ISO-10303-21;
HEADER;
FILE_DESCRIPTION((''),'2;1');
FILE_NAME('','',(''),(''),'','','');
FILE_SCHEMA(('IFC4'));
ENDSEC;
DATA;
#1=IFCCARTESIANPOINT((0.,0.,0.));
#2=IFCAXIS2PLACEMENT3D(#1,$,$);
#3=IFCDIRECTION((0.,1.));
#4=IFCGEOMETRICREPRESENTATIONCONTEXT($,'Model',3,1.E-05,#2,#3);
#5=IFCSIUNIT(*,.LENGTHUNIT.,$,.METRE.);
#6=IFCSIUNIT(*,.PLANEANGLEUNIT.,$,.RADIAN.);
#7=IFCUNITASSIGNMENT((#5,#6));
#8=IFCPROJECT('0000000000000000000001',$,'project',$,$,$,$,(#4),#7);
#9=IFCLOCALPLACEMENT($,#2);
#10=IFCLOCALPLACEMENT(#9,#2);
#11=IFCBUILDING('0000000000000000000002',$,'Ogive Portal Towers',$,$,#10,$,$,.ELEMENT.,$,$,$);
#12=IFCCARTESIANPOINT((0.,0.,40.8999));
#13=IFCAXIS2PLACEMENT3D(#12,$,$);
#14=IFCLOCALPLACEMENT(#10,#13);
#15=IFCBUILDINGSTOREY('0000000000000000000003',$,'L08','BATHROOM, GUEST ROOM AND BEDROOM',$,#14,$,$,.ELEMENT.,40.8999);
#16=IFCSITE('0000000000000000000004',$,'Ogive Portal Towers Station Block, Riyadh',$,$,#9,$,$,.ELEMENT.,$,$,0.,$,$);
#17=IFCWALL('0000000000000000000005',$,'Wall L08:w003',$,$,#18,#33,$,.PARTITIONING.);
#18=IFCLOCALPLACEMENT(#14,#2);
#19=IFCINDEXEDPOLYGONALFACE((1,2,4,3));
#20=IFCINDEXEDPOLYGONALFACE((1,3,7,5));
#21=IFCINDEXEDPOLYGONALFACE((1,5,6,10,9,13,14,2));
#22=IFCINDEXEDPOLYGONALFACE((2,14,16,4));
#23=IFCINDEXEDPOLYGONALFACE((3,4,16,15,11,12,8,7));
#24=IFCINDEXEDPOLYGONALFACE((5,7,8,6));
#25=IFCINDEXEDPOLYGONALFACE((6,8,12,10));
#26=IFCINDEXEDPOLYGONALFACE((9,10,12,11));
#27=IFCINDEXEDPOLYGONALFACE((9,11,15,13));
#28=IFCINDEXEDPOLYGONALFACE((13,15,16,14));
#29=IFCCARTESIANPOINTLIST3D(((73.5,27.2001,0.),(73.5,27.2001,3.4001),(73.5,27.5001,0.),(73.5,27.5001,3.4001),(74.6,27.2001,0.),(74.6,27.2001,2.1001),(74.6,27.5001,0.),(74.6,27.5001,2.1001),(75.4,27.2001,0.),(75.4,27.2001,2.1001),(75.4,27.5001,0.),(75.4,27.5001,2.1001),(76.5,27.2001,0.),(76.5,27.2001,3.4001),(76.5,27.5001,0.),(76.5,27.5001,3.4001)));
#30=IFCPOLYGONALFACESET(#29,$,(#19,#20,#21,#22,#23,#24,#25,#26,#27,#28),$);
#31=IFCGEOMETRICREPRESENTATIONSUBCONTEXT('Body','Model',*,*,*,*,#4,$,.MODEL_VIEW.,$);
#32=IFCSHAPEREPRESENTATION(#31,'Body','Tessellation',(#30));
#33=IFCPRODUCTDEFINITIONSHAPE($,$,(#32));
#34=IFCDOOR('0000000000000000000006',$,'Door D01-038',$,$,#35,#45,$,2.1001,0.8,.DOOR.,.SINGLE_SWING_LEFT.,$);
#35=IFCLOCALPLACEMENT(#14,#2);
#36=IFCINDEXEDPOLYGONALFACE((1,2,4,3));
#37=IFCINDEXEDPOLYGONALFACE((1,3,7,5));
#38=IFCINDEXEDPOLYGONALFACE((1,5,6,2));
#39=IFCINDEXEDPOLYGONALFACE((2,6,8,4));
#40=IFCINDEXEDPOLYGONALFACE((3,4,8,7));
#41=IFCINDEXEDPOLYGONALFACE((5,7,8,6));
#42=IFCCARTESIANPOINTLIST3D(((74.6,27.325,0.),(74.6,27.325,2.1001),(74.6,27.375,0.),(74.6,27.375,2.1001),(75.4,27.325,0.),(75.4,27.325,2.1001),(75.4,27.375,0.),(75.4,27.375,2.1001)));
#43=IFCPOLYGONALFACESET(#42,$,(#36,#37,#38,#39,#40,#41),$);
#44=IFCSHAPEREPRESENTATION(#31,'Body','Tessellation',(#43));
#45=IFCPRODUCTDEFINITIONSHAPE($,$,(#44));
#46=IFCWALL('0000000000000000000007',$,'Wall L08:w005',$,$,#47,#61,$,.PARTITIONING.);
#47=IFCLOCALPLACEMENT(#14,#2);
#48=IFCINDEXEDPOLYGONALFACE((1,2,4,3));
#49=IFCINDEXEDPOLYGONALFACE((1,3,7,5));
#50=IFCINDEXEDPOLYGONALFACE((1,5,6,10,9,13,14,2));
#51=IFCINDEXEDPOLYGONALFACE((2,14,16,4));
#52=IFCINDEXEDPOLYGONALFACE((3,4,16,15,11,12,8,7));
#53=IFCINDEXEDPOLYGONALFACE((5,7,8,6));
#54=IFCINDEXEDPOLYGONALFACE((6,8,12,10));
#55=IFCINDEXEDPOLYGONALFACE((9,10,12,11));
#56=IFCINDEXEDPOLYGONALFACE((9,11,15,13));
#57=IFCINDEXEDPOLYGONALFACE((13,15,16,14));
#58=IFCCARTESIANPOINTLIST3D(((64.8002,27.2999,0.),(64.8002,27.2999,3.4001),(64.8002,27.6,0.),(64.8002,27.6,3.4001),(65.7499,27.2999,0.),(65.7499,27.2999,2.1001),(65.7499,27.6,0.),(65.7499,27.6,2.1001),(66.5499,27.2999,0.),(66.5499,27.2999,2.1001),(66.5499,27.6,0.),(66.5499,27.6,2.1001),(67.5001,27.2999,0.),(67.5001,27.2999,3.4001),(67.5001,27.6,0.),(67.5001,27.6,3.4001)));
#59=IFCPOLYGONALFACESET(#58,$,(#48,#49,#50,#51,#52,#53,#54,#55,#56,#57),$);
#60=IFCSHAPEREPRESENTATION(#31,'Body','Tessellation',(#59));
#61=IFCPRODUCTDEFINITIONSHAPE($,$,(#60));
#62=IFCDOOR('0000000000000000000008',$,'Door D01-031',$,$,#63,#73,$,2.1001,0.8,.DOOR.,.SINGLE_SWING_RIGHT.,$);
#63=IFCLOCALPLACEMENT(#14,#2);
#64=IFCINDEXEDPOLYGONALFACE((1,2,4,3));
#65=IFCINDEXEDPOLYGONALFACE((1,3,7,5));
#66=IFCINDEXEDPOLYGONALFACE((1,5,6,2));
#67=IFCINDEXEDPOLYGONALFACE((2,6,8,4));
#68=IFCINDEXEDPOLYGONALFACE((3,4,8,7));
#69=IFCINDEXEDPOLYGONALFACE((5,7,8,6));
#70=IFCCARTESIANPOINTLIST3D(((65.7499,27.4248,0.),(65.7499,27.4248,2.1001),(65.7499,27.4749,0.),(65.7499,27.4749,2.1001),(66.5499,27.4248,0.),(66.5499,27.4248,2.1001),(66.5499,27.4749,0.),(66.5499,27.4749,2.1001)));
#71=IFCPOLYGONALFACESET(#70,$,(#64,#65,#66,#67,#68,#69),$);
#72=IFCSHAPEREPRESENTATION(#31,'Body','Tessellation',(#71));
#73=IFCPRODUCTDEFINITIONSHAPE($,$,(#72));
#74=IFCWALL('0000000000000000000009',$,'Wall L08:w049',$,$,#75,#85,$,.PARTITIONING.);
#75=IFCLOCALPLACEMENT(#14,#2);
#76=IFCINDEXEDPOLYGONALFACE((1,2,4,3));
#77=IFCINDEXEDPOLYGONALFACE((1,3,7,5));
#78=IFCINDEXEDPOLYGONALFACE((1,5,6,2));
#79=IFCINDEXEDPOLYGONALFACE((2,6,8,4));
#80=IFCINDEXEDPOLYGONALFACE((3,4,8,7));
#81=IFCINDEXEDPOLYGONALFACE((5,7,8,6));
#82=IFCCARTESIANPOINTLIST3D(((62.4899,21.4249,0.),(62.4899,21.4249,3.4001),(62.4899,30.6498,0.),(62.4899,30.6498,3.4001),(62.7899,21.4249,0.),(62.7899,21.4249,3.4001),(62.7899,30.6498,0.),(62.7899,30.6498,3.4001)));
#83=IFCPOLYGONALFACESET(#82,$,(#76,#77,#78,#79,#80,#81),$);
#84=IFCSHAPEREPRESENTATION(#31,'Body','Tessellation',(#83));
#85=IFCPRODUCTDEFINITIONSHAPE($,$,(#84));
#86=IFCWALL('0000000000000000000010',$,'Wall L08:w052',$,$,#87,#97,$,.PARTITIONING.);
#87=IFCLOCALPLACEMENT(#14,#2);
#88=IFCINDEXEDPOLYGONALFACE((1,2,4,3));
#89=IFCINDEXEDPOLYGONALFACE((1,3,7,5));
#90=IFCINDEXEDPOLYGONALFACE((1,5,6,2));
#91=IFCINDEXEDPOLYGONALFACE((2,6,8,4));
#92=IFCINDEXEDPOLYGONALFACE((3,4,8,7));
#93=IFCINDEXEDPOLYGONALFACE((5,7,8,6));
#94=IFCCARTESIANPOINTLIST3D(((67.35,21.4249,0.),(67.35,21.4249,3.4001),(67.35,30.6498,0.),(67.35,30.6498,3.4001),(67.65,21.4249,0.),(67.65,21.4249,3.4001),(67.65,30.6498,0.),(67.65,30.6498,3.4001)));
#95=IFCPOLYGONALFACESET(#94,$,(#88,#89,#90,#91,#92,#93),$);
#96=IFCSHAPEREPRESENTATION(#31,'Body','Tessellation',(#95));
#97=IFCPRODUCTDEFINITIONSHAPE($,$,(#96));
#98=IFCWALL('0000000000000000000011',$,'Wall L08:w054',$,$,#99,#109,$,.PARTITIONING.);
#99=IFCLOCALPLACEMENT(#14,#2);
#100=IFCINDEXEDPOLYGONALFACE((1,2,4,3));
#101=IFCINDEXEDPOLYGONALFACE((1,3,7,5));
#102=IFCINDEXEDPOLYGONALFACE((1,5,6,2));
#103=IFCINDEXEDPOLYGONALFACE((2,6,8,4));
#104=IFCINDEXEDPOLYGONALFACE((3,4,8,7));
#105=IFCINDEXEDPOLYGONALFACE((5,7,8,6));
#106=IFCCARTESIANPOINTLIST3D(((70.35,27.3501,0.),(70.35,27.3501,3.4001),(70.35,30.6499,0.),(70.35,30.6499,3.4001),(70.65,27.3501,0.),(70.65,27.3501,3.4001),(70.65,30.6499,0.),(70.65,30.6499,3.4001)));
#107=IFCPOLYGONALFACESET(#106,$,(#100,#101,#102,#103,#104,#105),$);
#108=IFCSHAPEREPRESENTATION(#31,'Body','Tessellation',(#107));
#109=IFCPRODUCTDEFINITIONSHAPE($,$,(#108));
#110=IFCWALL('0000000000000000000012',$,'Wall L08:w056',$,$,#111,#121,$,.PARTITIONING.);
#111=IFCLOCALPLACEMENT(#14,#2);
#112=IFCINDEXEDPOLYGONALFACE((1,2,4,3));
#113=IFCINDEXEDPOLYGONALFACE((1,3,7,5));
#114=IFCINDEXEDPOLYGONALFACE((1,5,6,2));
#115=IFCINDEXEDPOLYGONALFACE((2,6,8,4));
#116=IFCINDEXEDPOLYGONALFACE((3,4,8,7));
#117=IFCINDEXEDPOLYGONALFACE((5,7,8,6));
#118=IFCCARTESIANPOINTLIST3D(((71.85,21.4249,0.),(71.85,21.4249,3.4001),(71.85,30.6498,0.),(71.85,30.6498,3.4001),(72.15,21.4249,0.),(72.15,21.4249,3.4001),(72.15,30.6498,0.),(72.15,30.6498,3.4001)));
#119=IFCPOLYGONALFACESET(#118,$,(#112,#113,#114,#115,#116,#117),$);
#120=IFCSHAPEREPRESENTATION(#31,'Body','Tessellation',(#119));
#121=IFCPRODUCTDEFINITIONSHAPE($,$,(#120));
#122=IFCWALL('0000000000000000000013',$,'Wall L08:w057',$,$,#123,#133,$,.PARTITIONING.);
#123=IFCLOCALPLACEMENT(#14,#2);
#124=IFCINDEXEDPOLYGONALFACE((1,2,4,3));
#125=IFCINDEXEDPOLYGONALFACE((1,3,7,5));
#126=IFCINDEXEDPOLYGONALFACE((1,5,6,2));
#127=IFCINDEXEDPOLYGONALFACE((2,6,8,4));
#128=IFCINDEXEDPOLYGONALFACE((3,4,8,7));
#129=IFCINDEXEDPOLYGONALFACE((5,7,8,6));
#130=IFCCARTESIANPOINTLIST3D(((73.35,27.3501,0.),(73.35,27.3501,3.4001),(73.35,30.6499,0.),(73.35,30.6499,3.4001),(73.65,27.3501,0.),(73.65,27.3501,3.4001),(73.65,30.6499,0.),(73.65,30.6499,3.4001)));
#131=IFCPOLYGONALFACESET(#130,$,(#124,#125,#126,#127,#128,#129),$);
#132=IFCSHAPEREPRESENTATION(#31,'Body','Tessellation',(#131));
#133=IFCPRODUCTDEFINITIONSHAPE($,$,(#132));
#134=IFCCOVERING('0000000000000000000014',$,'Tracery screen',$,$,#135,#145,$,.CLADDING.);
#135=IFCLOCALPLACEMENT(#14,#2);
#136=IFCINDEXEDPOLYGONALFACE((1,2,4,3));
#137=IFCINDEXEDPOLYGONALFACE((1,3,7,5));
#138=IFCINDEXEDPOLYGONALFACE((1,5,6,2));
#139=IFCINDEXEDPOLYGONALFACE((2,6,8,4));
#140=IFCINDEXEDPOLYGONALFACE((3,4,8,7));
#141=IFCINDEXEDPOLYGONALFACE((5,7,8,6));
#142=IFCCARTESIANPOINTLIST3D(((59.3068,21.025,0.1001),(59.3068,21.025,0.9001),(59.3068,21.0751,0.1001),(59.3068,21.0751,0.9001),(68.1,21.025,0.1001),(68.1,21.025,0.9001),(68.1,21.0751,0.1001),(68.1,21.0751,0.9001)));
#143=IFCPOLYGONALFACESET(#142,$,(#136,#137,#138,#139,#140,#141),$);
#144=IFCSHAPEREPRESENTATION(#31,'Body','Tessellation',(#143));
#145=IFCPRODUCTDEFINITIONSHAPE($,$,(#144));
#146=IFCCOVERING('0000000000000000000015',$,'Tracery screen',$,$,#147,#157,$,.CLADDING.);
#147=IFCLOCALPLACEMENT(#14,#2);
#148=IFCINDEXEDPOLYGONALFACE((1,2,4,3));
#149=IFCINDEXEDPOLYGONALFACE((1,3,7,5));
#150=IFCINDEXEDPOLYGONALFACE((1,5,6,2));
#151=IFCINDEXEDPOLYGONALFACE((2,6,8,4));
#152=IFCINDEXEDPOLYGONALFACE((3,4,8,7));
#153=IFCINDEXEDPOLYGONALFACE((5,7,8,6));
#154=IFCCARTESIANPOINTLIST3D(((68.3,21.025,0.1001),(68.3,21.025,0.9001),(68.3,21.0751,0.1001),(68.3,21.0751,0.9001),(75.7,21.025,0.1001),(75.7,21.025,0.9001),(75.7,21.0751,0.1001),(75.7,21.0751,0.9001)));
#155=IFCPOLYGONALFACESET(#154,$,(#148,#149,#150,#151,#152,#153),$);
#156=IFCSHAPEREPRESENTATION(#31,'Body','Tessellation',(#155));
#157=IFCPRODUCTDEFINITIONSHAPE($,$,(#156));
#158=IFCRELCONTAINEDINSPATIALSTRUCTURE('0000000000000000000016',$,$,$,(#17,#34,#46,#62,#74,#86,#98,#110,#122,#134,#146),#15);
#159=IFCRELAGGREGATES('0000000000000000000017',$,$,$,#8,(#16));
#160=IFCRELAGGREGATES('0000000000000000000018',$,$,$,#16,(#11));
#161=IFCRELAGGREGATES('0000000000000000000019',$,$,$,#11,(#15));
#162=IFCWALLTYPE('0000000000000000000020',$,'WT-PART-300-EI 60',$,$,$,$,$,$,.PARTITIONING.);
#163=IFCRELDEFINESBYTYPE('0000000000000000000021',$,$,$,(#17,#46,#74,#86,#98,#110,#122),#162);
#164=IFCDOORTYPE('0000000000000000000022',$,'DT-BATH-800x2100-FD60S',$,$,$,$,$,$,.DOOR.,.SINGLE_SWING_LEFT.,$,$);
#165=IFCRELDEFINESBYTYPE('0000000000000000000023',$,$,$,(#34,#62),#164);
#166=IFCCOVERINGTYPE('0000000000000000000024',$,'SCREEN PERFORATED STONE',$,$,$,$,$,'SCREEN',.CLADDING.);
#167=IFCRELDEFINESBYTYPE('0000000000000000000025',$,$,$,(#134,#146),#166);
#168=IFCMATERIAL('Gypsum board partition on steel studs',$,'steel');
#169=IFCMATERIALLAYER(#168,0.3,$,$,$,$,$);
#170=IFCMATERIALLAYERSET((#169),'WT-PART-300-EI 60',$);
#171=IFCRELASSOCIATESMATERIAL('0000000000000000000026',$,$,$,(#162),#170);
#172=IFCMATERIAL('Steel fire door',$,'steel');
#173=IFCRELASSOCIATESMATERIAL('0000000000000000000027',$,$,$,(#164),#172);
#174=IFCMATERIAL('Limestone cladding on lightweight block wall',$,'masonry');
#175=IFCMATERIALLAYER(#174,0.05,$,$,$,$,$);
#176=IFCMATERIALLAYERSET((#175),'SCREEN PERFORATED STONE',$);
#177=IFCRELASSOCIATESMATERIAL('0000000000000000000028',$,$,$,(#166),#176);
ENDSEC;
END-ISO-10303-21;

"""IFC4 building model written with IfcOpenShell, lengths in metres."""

from ifc_helpers import new_model, si_unit, direction, frame, frame_2d, origin, origin_2d, place, context, subcontext, project, spatial, rectangle, extrude, material, layer, layer_set, type_object, element, fill, save


model = new_model("IFC4")

# Units and contexts
model_context = context("Model", 3, precision=1e-05, world=origin(), true_north=direction((0.0, 1.0)))
body_context = subcontext(model_context, "Body", "Model", "MODEL_VIEW")
ifc_project = project(units=[si_unit("LENGTHUNIT", "METRE"), si_unit("PLANEANGLEUNIT", "RADIAN")], contexts=[model_context])

# Site, building, storey
site_placement = place(None, origin())
site = spatial("IfcSite", under=ifc_project, at=site_placement, Name="Ogive Portal Towers Station Block, Riyadh", CompositionType="ELEMENT", RefElevation=0.0)
building_placement = place(site_placement, origin())
building = spatial("IfcBuilding", under=site, at=building_placement, Name="Ogive Portal Towers", CompositionType="ELEMENT")
storey_placement = place(building_placement, frame((0.0, 0.0, 40.8999)))
storey = spatial("IfcBuildingStorey", under=building, at=storey_placement, Name="L08", Description="BATHROOM, GUEST ROOM AND BEDROOM", CompositionType="ELEMENT", Elevation=40.8999)

# Shared definitions
ifc_material_1 = material(Name="Limestone cladding on lightweight block wall", Category="masonry")

# Walls, openings, doors
ifc_material_2 = material(Name="Gypsum board partition on steel studs", Category="steel")
ifc_layer_1 = layer(ifc_material_2, 0.3)
ifc_layer_set_1 = layer_set([ifc_layer_1], Name="WT-PART-300-EI 60")
wall_type_1 = type_object("IfcWallType", Name="WT-PART-300-EI 60", PredefinedType="PARTITIONING", material=ifc_layer_set_1)
ifc_material_3 = material(Name="Steel fire door", Category="steel")
door_type = type_object("IfcDoorType", Name="DT-BATH-800x2100-FD60S", OperationType="SINGLE_SWING_LEFT", PredefinedType="DOOR", material=ifc_material_3)
wall_1_placement = place(storey_placement, frame((73.5, 27.3501, 0.0), z_axis=(0.0, 0.0, 1.0), x_axis=(1.0, 0.0, 0.0)))
wall_1 = element("IfcWall", 1, at=wall_1_placement, inside=storey, type_object=wall_type_1, Name="Wall L08:w003", PredefinedType="PARTITIONING", context=body_context, shape_type="SweptSolid", body=[
    extrude(rectangle(XDim=3.0, YDim=0.3, at=frame_2d((1.5, 0.0))), origin(), (0.0, 0.0, 1.0), 3.4001),
])
opening_1_placement = place(wall_1_placement, frame((1.1001, 0.0, 0.0)))
opening_1 = element("IfcOpeningElement", 2, at=opening_1_placement, cuts=wall_1, PredefinedType="OPENING", context=body_context, shape_type="SweptSolid", body=[
    extrude(rectangle(XDim=0.8, YDim=2.1001, at=frame_2d((0.3999, 1.05))), frame((0.0, 0.1602, 0.0), z_axis=(0.0, -1.0, 0.0), x_axis=(1.0, 0.0, 0.0)), (0.0, 0.0, 1.0), 0.3201),
])
door_1_placement = place(opening_1_placement, origin())
door_1 = element("IfcDoor", 3, at=door_1_placement, inside=storey, type_object=door_type, Name="Door D01-038", OperationType="SINGLE_SWING_LEFT", OverallHeight=2.1001, OverallWidth=0.8, PredefinedType="DOOR", context=body_context, shape_type="SweptSolid", body=[
    extrude(rectangle(XDim=0.8, YDim=2.1001, at=frame_2d((0.3999, 1.05))), frame((0.0, 0.0249, 0.0), z_axis=(0.0, -1.0, 0.0), x_axis=(1.0, 0.0, 0.0)), (0.0, 0.0, 1.0), 0.05),
])
fill(opening_1, door_1)
wall_2_placement = place(storey_placement, frame((64.8, 27.45, 0.0), z_axis=(0.0, 0.0, 1.0), x_axis=(1.0, 0.0, 0.0)))
wall_2 = element("IfcWall", 4, at=wall_2_placement, inside=storey, type_object=wall_type_1, Name="Wall L08:w005", PredefinedType="PARTITIONING", context=body_context, shape_type="SweptSolid", body=[
    extrude(rectangle(XDim=2.7, YDim=0.3, at=frame_2d((1.3501, 0.0))), origin(), (0.0, 0.0, 1.0), 3.4001),
])
opening_2_placement = place(wall_2_placement, frame((0.95, 0.0, 0.0)))
opening_2 = element("IfcOpeningElement", 5, at=opening_2_placement, cuts=wall_2, PredefinedType="OPENING", context=body_context, shape_type="SweptSolid", body=[
    extrude(rectangle(XDim=0.8, YDim=2.1001, at=frame_2d((0.3999, 1.05))), frame((0.0, 0.1602, 0.0), z_axis=(0.0, -1.0, 0.0), x_axis=(1.0, 0.0, 0.0)), (0.0, 0.0, 1.0), 0.3201),
])
door_2_placement = place(opening_2_placement, origin())
door_2 = element("IfcDoor", 6, at=door_2_placement, inside=storey, type_object=door_type, Name="Door D01-031", OperationType="SINGLE_SWING_RIGHT", OverallHeight=2.1001, OverallWidth=0.8, PredefinedType="DOOR", context=body_context, shape_type="SweptSolid", body=[
    extrude(rectangle(XDim=0.8, YDim=2.1001, at=frame_2d((0.3999, 1.05))), frame((0.0, 0.0249, 0.0), z_axis=(0.0, -1.0, 0.0), x_axis=(1.0, 0.0, 0.0)), (0.0, 0.0, 1.0), 0.05),
])
fill(opening_2, door_2)

# Walls
for number, where, z_axis, x_axis, name in (
    (7, (62.6399, 21.425, 0.0), (0.0, 0.0, 1.0), (0.0, 1.0, 0.0), "Wall L08:w049"),
    (8, (67.5, 21.425, 0.0), (0.0, 0.0, 1.0), (0.0, 1.0, 0.0), "Wall L08:w052"),
):
    element("IfcWall", number, at=place(storey_placement, frame(where, z_axis=z_axis, x_axis=x_axis)), inside=storey, type_object=wall_type_1, Name=name, PredefinedType="PARTITIONING", context=body_context, shape_type="SweptSolid", body=[
        extrude(rectangle(XDim=9.2249, YDim=0.3, at=frame_2d((4.6123, 0.0))), origin(), (0.0, 0.0, 1.0), 3.4001),
    ])
wall_3_placement = place(storey_placement, frame((70.5, 27.3501, 0.0), z_axis=(0.0, 0.0, 1.0), x_axis=(0.0, 1.0, 0.0)))
element("IfcWall", 9, at=wall_3_placement, inside=storey, type_object=wall_type_1, Name="Wall L08:w054", PredefinedType="PARTITIONING", context=body_context, shape_type="SweptSolid", body=[
    extrude(rectangle(XDim=3.2998, YDim=0.3, at=frame_2d((1.6499, 0.0))), origin(), (0.0, 0.0, 1.0), 3.4001),
])
wall_4_placement = place(storey_placement, frame((72.0, 21.425, 0.0), z_axis=(0.0, 0.0, 1.0), x_axis=(0.0, 1.0, 0.0)))
element("IfcWall", 10, at=wall_4_placement, inside=storey, type_object=wall_type_1, Name="Wall L08:w056", PredefinedType="PARTITIONING", context=body_context, shape_type="SweptSolid", body=[
    extrude(rectangle(XDim=9.2249, YDim=0.3, at=frame_2d((4.6123, 0.0))), origin(), (0.0, 0.0, 1.0), 3.4001),
])
wall_5_placement = place(storey_placement, frame((73.5, 27.3501, 0.0), z_axis=(0.0, 0.0, 1.0), x_axis=(0.0, 1.0, 0.0)))
element("IfcWall", 11, at=wall_5_placement, inside=storey, type_object=wall_type_1, Name="Wall L08:w057", PredefinedType="PARTITIONING", context=body_context, shape_type="SweptSolid", body=[
    extrude(rectangle(XDim=3.2998, YDim=0.3, at=frame_2d((1.6499, 0.0))), origin(), (0.0, 0.0, 1.0), 3.4001),
])

# Coverings
ifc_layer_2 = layer(ifc_material_1, 0.05)
ifc_layer_set_2 = layer_set([ifc_layer_2], Name="SCREEN PERFORATED STONE")
covering_type = type_object("IfcCoveringType", Name="SCREEN PERFORATED STONE", ElementType="SCREEN", PredefinedType="CLADDING", material=ifc_layer_set_2)
covering_1_placement = place(storey_placement, frame((63.7034, 21.05, 0.1001), z_axis=(0.0, 0.0, 1.0), x_axis=(1.0, 0.0, 0.0)))
element("IfcCovering", 12, at=covering_1_placement, inside=storey, type_object=covering_type, Name="Tracery screen", PredefinedType="CLADDING", context=body_context, shape_type="SweptSolid", body=[
    extrude(rectangle(XDim=8.7932, YDim=0.05, at=origin_2d()), origin(), (0.0, 0.0, 1.0), 0.8),
])
covering_2_placement = place(storey_placement, frame((72.0, 21.05, 0.1001), z_axis=(0.0, 0.0, 1.0), x_axis=(1.0, 0.0, 0.0)))
element("IfcCovering", 13, at=covering_2_placement, inside=storey, type_object=covering_type, Name="Tracery screen", PredefinedType="CLADDING", context=body_context, shape_type="SweptSolid", body=[
    extrude(rectangle(XDim=7.3999, YDim=0.05, at=origin_2d()), origin(), (0.0, 0.0, 1.0), 0.8),
])

save(model, "model.ifc")
